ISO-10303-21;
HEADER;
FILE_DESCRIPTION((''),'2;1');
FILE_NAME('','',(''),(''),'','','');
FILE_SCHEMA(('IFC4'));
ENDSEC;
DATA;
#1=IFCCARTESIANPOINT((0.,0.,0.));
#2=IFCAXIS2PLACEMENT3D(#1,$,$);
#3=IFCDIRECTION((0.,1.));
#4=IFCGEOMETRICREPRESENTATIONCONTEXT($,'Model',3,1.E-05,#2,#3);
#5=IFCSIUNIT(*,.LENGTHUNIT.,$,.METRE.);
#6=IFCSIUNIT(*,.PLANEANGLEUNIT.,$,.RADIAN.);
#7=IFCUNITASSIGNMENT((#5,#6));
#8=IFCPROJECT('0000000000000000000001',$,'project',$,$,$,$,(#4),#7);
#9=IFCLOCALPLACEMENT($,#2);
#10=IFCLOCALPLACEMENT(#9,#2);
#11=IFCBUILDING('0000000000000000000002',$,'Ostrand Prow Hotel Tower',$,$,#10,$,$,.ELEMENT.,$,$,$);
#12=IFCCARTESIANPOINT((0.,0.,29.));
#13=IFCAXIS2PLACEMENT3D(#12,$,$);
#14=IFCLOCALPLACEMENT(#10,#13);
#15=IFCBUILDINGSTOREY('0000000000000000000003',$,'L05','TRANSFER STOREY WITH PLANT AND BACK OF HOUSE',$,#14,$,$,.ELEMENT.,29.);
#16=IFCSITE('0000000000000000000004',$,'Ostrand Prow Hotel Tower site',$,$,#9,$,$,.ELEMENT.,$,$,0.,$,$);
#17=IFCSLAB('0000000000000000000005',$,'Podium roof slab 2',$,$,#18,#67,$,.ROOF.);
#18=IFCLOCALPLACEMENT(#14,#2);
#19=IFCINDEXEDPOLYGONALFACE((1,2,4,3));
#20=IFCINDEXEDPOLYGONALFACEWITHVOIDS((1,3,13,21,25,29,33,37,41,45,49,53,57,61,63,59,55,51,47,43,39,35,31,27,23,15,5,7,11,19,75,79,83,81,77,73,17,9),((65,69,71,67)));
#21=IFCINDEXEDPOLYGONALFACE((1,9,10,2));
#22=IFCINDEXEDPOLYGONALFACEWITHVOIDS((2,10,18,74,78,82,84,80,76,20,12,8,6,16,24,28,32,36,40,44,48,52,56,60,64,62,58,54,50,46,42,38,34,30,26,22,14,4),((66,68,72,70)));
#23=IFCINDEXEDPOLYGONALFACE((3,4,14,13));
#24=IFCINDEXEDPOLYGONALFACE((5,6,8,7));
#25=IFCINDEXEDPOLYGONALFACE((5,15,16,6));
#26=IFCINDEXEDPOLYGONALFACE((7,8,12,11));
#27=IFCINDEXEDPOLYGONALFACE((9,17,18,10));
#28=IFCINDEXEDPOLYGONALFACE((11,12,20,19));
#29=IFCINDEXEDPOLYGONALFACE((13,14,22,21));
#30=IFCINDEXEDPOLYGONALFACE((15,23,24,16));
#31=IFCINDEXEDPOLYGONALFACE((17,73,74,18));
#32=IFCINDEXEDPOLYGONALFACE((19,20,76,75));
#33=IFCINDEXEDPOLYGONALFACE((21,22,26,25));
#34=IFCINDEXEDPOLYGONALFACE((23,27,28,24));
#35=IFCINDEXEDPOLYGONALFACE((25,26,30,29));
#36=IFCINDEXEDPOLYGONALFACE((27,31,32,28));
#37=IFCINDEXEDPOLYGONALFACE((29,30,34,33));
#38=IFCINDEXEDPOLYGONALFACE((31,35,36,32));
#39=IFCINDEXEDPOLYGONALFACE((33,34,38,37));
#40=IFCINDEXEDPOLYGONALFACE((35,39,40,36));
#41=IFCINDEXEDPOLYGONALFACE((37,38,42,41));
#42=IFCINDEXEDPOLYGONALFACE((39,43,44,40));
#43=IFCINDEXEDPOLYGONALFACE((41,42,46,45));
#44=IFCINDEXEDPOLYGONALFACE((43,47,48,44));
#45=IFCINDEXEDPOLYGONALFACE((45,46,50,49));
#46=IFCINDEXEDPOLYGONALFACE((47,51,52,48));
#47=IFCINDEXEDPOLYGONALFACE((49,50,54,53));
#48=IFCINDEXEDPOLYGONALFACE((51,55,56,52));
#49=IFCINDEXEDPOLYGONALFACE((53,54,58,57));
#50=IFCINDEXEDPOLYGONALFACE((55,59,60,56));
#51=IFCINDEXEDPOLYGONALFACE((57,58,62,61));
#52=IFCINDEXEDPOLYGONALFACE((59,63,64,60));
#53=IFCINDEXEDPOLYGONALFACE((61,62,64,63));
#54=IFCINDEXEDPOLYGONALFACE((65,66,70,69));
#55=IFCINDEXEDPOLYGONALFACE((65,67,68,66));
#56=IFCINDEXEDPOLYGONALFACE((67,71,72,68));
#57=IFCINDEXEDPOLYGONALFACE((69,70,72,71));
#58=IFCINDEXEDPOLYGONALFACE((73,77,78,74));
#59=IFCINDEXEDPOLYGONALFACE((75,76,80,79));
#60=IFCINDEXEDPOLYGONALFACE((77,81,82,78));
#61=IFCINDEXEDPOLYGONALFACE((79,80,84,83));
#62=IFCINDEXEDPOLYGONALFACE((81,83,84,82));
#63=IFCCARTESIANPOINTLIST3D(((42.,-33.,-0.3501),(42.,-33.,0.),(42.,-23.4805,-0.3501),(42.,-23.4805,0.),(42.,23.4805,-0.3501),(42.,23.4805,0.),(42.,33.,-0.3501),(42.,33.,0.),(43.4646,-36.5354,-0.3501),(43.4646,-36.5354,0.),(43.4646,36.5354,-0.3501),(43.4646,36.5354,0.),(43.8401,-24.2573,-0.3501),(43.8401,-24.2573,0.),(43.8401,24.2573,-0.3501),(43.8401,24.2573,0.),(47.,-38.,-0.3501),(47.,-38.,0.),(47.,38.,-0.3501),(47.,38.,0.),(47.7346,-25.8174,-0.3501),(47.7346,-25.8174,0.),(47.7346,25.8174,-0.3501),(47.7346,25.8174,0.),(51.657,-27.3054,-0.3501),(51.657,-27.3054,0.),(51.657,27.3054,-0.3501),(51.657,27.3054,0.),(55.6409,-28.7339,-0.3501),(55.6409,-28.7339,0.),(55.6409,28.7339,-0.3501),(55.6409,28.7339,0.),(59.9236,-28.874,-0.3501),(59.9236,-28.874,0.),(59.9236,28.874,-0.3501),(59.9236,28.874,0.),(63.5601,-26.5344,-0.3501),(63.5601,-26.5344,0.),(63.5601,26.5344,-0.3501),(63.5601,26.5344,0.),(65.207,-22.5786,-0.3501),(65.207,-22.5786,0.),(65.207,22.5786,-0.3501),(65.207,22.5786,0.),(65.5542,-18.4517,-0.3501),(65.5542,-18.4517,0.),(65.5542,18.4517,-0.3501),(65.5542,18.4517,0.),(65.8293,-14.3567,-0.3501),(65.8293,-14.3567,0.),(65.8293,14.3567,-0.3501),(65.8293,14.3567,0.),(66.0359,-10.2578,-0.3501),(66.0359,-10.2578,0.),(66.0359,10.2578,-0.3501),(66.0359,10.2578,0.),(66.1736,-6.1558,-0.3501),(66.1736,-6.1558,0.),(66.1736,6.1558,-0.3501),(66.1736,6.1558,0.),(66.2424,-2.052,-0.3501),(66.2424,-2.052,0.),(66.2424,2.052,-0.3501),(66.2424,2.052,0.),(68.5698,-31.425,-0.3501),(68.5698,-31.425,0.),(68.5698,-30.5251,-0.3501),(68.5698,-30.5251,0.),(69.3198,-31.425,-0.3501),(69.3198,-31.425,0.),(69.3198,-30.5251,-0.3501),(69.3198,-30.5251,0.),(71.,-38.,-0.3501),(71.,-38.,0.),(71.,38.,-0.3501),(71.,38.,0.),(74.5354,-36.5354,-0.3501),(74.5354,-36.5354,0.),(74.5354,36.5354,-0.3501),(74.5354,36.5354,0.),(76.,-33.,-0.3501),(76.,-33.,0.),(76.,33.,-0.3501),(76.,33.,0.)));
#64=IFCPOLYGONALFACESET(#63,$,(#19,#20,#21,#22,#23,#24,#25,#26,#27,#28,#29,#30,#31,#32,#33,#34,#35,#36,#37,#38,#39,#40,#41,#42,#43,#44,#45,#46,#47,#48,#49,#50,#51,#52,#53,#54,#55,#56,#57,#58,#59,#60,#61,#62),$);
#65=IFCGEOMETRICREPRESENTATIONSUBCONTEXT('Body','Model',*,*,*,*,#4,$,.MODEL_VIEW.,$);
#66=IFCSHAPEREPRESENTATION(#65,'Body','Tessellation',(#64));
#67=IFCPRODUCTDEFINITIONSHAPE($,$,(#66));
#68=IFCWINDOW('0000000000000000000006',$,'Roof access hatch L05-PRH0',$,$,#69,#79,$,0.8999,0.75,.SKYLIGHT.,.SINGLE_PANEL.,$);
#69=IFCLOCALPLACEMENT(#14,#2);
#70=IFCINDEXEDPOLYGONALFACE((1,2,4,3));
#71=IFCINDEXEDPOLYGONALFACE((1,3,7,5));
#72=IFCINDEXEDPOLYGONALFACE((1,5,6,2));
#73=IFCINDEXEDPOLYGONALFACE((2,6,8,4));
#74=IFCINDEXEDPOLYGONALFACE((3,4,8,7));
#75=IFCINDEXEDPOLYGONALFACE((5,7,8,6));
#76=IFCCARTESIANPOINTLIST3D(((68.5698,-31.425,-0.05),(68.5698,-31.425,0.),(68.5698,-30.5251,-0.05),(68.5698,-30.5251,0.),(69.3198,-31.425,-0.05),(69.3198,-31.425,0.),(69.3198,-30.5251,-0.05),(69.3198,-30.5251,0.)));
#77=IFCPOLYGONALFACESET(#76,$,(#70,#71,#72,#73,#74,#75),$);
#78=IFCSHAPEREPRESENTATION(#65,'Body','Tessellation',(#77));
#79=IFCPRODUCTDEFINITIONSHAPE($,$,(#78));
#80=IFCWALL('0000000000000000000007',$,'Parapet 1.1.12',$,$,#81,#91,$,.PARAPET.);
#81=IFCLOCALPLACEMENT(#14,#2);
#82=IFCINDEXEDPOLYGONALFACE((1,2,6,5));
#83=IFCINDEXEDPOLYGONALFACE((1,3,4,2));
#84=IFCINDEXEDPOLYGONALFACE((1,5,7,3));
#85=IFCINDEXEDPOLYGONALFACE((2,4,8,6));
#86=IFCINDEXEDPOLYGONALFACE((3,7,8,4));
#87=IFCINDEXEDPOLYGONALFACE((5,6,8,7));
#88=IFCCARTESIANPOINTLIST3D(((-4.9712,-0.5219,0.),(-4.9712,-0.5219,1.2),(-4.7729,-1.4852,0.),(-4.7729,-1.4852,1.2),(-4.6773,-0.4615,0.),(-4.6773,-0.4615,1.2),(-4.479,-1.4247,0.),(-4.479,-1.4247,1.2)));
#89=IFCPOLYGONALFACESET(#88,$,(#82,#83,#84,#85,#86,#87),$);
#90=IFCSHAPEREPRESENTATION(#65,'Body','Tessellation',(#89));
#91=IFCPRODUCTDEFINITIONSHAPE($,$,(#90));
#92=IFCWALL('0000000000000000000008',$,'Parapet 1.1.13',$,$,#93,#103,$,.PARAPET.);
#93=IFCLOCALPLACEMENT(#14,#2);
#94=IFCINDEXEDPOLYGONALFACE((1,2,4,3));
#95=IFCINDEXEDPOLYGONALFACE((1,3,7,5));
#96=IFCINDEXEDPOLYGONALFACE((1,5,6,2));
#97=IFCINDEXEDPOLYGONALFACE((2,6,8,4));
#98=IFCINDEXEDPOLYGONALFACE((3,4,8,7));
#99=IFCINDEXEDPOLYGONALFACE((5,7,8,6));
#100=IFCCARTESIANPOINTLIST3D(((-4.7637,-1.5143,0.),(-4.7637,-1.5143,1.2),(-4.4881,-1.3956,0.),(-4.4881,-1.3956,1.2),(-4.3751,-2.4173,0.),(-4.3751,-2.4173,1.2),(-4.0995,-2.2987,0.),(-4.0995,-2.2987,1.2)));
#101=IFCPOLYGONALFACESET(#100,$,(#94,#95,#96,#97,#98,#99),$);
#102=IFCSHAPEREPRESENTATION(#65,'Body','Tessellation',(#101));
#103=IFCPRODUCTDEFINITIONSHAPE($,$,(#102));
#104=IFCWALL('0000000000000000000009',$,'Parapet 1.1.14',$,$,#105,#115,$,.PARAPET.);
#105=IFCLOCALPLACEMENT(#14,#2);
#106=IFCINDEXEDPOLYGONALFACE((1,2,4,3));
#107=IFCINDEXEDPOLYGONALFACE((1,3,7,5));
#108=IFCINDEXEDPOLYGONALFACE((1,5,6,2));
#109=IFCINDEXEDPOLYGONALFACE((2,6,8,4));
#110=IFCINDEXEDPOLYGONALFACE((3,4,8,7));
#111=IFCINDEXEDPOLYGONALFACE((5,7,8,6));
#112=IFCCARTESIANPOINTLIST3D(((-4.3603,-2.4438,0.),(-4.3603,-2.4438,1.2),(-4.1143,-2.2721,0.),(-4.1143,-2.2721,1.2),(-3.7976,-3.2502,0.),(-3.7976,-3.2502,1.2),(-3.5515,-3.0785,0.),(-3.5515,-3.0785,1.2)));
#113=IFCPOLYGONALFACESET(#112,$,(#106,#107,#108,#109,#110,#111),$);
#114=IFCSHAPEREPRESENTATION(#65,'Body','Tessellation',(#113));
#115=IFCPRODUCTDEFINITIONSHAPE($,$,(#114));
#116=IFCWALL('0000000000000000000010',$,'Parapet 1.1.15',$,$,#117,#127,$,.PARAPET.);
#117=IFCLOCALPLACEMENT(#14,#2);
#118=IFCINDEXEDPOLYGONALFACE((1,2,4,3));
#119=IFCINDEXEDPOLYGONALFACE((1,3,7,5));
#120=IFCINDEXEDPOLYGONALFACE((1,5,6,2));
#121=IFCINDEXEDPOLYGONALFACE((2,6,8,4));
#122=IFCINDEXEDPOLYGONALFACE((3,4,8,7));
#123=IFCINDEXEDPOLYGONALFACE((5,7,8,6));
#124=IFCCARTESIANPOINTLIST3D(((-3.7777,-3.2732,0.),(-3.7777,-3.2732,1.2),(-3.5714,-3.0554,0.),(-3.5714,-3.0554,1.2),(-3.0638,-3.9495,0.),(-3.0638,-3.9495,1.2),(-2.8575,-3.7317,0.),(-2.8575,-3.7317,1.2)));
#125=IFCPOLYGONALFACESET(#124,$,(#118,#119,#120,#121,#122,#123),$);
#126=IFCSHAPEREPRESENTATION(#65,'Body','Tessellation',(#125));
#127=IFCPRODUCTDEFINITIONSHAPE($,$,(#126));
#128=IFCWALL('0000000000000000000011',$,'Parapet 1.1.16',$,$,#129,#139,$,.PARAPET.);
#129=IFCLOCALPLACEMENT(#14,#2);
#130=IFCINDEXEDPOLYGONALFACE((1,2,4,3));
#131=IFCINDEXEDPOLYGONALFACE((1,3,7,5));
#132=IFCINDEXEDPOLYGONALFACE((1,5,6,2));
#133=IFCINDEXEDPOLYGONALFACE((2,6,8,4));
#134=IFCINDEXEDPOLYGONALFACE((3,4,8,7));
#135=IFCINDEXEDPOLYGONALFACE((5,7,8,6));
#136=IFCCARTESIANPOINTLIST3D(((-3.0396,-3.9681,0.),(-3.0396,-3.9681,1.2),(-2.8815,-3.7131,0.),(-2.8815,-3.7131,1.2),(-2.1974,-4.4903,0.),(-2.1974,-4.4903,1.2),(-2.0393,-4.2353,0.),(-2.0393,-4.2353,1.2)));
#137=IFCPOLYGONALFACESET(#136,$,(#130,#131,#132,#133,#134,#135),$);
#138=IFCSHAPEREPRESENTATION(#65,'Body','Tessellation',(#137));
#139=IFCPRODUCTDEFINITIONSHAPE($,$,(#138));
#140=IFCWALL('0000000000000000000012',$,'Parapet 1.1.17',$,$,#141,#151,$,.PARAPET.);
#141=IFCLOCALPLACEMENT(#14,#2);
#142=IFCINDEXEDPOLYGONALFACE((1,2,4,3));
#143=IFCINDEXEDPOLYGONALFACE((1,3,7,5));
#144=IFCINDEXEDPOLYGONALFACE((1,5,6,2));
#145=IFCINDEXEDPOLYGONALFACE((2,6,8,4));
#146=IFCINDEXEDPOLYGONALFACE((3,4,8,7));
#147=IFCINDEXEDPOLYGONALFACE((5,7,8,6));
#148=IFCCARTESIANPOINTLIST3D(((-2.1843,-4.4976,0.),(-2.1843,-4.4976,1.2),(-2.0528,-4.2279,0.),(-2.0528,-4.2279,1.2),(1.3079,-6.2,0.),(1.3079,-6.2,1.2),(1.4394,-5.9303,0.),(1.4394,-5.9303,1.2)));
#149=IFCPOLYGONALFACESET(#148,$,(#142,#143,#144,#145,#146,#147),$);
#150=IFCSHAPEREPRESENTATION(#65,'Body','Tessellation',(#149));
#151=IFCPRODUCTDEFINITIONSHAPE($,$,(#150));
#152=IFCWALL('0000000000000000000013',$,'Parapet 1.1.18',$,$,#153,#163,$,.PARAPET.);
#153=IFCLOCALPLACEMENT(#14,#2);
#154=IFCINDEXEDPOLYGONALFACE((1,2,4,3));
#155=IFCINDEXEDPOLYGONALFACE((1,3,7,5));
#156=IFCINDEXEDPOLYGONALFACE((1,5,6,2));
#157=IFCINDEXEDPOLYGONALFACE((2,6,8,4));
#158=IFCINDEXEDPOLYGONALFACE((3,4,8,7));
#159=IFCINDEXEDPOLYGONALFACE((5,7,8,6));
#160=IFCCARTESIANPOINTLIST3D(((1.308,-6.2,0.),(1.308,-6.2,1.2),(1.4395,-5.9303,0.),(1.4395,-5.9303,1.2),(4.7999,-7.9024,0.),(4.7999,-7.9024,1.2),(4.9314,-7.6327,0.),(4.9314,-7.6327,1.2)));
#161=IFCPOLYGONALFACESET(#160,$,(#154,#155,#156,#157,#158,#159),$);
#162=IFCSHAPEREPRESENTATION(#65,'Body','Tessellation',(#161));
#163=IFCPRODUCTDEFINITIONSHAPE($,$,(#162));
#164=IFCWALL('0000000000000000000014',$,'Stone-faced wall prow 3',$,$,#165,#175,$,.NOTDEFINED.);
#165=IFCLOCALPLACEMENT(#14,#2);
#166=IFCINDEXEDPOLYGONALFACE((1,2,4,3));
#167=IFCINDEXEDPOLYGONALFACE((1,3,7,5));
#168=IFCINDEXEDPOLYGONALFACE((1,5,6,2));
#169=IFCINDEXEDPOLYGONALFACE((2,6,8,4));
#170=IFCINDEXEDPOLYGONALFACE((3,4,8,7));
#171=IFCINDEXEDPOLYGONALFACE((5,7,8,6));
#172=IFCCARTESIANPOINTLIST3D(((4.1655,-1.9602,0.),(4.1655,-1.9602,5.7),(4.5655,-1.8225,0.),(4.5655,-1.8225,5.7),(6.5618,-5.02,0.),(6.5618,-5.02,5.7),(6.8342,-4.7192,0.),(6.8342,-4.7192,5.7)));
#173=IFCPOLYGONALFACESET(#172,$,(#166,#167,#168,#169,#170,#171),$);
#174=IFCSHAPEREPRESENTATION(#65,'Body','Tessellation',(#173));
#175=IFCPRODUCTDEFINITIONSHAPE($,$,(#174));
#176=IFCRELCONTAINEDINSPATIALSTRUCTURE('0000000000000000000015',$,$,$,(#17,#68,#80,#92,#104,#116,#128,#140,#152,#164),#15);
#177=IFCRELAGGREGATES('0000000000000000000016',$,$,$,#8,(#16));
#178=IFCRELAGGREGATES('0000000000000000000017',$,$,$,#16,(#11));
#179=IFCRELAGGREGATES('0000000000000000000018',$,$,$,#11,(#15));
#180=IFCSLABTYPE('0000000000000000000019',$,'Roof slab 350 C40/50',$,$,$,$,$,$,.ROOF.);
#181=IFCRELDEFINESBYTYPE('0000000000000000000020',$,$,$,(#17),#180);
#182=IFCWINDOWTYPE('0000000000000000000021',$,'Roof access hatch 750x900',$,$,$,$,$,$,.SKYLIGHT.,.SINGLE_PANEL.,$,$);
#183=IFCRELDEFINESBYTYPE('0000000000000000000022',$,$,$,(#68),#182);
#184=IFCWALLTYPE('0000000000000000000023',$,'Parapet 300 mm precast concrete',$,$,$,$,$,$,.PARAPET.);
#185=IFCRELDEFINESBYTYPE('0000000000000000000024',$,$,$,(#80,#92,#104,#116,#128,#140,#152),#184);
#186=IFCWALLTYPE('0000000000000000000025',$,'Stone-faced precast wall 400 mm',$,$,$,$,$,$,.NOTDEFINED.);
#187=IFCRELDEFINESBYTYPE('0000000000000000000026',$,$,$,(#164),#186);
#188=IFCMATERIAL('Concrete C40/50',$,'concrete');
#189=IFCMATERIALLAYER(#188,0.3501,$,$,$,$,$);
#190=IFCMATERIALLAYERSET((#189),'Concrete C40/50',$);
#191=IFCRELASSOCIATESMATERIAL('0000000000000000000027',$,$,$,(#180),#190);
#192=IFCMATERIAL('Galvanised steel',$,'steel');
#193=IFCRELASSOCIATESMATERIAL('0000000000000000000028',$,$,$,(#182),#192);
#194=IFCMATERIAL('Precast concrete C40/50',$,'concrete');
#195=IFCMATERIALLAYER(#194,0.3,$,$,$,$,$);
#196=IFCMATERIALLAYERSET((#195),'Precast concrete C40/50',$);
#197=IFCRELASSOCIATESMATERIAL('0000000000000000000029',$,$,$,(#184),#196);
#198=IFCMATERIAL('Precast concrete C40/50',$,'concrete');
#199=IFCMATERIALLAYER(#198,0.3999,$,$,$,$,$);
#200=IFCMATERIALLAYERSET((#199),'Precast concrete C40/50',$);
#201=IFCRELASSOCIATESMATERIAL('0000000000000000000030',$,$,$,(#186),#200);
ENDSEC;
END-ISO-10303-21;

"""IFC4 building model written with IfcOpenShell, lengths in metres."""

from ifc_helpers import new_model, si_unit, direction, frame, frame_2d, origin, origin_2d, place, context, subcontext, project, spatial, polyline, rectangle, outline, extrude, material, layer, layer_set, type_object, element, fill, save


model = new_model("IFC4")

# Units and contexts
model_context = context("Model", 3, precision=1e-05, world=origin(), true_north=direction((0.0, 1.0)))
body_context = subcontext(model_context, "Body", "Model", "MODEL_VIEW")
ifc_project = project(units=[si_unit("LENGTHUNIT", "METRE"), si_unit("PLANEANGLEUNIT", "RADIAN")], contexts=[model_context])

# Site, building, storey
site_placement = place(None, origin())
site = spatial("IfcSite", under=ifc_project, at=site_placement, Name="Ostrand Prow Hotel Tower site", CompositionType="ELEMENT", RefElevation=0.0)
building_placement = place(site_placement, origin())
building = spatial("IfcBuilding", under=site, at=building_placement, Name="Ostrand Prow Hotel Tower", CompositionType="ELEMENT")
storey_placement = place(building_placement, frame((0.0, 0.0, 29.0)))
storey = spatial("IfcBuildingStorey", under=building, at=storey_placement, Name="L05", Description="TRANSFER STOREY WITH PLANT AND BACK OF HOUSE", CompositionType="ELEMENT", Elevation=29.0)

# Shared definitions
ifc_material_1 = material(Name="Concrete C40/50", Category="concrete")
ifc_layer_1 = layer(ifc_material_1, 0.3501)
ifc_layer_set_1 = layer_set([ifc_layer_1], Name="Concrete C40/50")
slab_type_1 = type_object("IfcSlabType", Name="Roof slab 350 C40/50", PredefinedType="ROOF", material=ifc_layer_set_1)

# Slab, opening, window
slab_1_placement = place(storey_placement, frame((0.0, 0.0, -0.3501)))
slab_1 = element("IfcSlab", 1, at=slab_1_placement, inside=storey, type_object=slab_type_1, Name="Podium roof slab 2", PredefinedType="ROOF", context=body_context, shape_type="SweptSolid", body=[
    extrude(outline(polyline([(47.0, 38.0), (71.0, 38.0), (74.5354, 36.5354), (76.0, 33.0), (76.0, -33.0), (74.5354, -36.5354), (71.0, -38.0), (47.0, -38.0), (43.4646, -36.5354), (42.0, -33.0), (42.0, -23.4805), (43.8401, -24.2573), (47.7346, -25.8174), (51.657, -27.3054), (55.6409, -28.7339), (59.9236, -28.874), (63.5601, -26.5344), (65.207, -22.5786), (65.5542, -18.4517), (65.8293, -14.3567), (66.0359, -10.2578), (66.1736, -6.1558), (66.2424, -2.052), (66.2424, 2.052), (66.1736, 6.1558), (66.0359, 10.2578), (65.8293, 14.3567), (65.5542, 18.4517), (65.207, 22.5786), (63.5601, 26.5344), (59.9236, 28.874), (55.6409, 28.7339), (51.657, 27.3054), (47.7346, 25.8174), (43.8401, 24.2573), (42.0, 23.4805), (42.0, 33.0), (43.4646, 36.5354), (47.0, 38.0)])), origin(), (0.0, 0.0, 1.0), 0.3501),
])
opening_1_placement = place(slab_1_placement, frame((68.9448, -30.9751, 0.0)))
opening_1 = element("IfcOpeningElement", 2, at=opening_1_placement, cuts=slab_1, PredefinedType="OPENING", context=body_context, shape_type="SweptSolid", body=[
    extrude(rectangle(XDim=0.75, YDim=0.8999, at=origin_2d()), origin(), (0.0, 0.0, 1.0), 0.3501),
])
ifc_material_2 = material(Name="Galvanised steel", Category="steel")
window_type = type_object("IfcWindowType", Name="Roof access hatch 750x900", PartitioningType="SINGLE_PANEL", PredefinedType="SKYLIGHT", material=ifc_material_2)
window_placement = place(opening_1_placement, frame((0.0, 0.0, 0.3)))
window = element("IfcWindow", 3, at=window_placement, inside=storey, type_object=window_type, Name="Roof access hatch L05-PRH0", OverallHeight=0.8999, OverallWidth=0.75, PartitioningType="SINGLE_PANEL", PredefinedType="SKYLIGHT", context=body_context, shape_type="SweptSolid", body=[
    extrude(rectangle(XDim=0.75, YDim=0.8999, at=origin_2d()), origin(), (0.0, 0.0, 1.0), 0.05),
])
fill(opening_1, window)

# Walls
ifc_material_3 = material(Name="Precast concrete C40/50", Category="concrete")
ifc_layer_2 = layer(ifc_material_3, 0.3)
ifc_layer_set_2 = layer_set([ifc_layer_2], Name="Precast concrete C40/50")
wall_type_1 = type_object("IfcWallType", Name="Parapet 300 mm precast concrete", PredefinedType="PARAPET", material=ifc_layer_set_2)
wall_1_placement = place(storey_placement, frame((-4.8242, -0.4917, 0.0), z_axis=(0.0, 0.0, 1.0), x_axis=(0.201604, -0.979467, 0.0)))
element("IfcWall", 4, at=wall_1_placement, inside=storey, type_object=wall_type_1, Name="Parapet 1.1.12", PredefinedType="PARAPET", context=body_context, shape_type="SweptSolid", body=[
    extrude(rectangle(XDim=0.9834, YDim=0.3, at=frame_2d((0.4917, 0.0))), origin(), (0.0, 0.0, 1.0), 1.2),
])
wall_2_placement = place(storey_placement, frame((-4.626, -1.4548, 0.0), z_axis=(0.0, 0.0, 1.0), x_axis=(0.395327, -0.91854, 0.0)))
element("IfcWall", 5, at=wall_2_placement, inside=storey, type_object=wall_type_1, Name="Parapet 1.1.13", PredefinedType="PARAPET", context=body_context, shape_type="SweptSolid", body=[
    extrude(rectangle(XDim=0.9832, YDim=0.3, at=frame_2d((0.4917, 0.0))), origin(), (0.0, 0.0, 1.0), 1.2),
])
for number, where, z_axis, x_axis, name in (
    (6, (-4.2373, -2.3579, 0.0), (0.0, 0.0, 1.0), (0.572279, -0.820059, 0.0), "Parapet 1.1.14"),
    (7, (-3.6746, -3.1643, 0.0), (0.0, 0.0, 1.0), (0.725966, -0.687731, 0.0), "Parapet 1.1.15"),
):
    element("IfcWall", number, at=place(storey_placement, frame(where, z_axis=z_axis, x_axis=x_axis)), inside=storey, type_object=wall_type_1, Name=name, PredefinedType="PARAPET", context=body_context, shape_type="SweptSolid", body=[
        extrude(rectangle(XDim=0.9834, YDim=0.3, at=frame_2d((0.4917, 0.0))), origin(), (0.0, 0.0, 1.0), 1.2),
    ])
wall_3_placement = place(storey_placement, frame((-2.9607, -3.8406, 0.0), z_axis=(0.0, 0.0, 1.0), x_axis=(0.849903, -0.52694, 0.0)))
element("IfcWall", 8, at=wall_3_placement, inside=storey, type_object=wall_type_1, Name="Parapet 1.1.16", PredefinedType="PARAPET", context=body_context, shape_type="SweptSolid", body=[
    extrude(rectangle(XDim=0.991, YDim=0.3, at=frame_2d((0.4956, 0.0))), origin(), (0.0, 0.0, 1.0), 1.2),
])
wall_4_placement = place(storey_placement, frame((-2.1184, -4.3628, 0.0), z_axis=(0.0, 0.0, 1.0), x_axis=(0.898881, -0.438192, 0.0)))
element("IfcWall", 9, at=wall_4_placement, inside=storey, type_object=wall_type_1, Name="Parapet 1.1.17", PredefinedType="PARAPET", context=body_context, shape_type="SweptSolid", body=[
    extrude(rectangle(XDim=3.885, YDim=0.3, at=frame_2d((1.9424, 0.0))), origin(), (0.0, 0.0, 1.0), 1.2),
])
wall_5_placement = place(storey_placement, frame((1.3738, -6.0652, 0.0), z_axis=(0.0, 0.0, 1.0), x_axis=(0.898869, -0.438217, 0.0)))
element("IfcWall", 10, at=wall_5_placement, inside=storey, type_object=wall_type_1, Name="Parapet 1.1.18", PredefinedType="PARAPET", context=body_context, shape_type="SweptSolid", body=[
    extrude(rectangle(XDim=3.8848, YDim=0.3, at=frame_2d((1.9424, 0.0))), origin(), (0.0, 0.0, 1.0), 1.2),
])
ifc_material_4 = material(Name="Precast concrete C40/50", Category="concrete")
ifc_layer_3 = layer(ifc_material_4, 0.3999)
ifc_layer_set_3 = layer_set([ifc_layer_3], Name="Precast concrete C40/50")
wall_type_2 = type_object("IfcWallType", Name="Stone-faced precast wall 400 mm", PredefinedType="NOTDEFINED", material=ifc_layer_set_3)
wall_6_placement = place(storey_placement, frame((4.3655, -1.8914, 0.0), z_axis=(0.0, 0.0, 1.0), x_axis=(0.616587, -0.787287, 0.0)))
element("IfcWall", 11, at=wall_6_placement, inside=storey, type_object=wall_type_2, Name="Stone-faced wall prow 3", PredefinedType="NOTDEFINED", context=body_context, shape_type="SweptSolid", body=[
    extrude(outline(polyline([(-0.0691, -0.2), (3.8174, -0.2), (3.7485, 0.2), (0.0691, 0.2), (-0.0691, -0.2)])), origin(), (0.0, 0.0, 1.0), 5.7),
])

save(model, "model.ifc")
